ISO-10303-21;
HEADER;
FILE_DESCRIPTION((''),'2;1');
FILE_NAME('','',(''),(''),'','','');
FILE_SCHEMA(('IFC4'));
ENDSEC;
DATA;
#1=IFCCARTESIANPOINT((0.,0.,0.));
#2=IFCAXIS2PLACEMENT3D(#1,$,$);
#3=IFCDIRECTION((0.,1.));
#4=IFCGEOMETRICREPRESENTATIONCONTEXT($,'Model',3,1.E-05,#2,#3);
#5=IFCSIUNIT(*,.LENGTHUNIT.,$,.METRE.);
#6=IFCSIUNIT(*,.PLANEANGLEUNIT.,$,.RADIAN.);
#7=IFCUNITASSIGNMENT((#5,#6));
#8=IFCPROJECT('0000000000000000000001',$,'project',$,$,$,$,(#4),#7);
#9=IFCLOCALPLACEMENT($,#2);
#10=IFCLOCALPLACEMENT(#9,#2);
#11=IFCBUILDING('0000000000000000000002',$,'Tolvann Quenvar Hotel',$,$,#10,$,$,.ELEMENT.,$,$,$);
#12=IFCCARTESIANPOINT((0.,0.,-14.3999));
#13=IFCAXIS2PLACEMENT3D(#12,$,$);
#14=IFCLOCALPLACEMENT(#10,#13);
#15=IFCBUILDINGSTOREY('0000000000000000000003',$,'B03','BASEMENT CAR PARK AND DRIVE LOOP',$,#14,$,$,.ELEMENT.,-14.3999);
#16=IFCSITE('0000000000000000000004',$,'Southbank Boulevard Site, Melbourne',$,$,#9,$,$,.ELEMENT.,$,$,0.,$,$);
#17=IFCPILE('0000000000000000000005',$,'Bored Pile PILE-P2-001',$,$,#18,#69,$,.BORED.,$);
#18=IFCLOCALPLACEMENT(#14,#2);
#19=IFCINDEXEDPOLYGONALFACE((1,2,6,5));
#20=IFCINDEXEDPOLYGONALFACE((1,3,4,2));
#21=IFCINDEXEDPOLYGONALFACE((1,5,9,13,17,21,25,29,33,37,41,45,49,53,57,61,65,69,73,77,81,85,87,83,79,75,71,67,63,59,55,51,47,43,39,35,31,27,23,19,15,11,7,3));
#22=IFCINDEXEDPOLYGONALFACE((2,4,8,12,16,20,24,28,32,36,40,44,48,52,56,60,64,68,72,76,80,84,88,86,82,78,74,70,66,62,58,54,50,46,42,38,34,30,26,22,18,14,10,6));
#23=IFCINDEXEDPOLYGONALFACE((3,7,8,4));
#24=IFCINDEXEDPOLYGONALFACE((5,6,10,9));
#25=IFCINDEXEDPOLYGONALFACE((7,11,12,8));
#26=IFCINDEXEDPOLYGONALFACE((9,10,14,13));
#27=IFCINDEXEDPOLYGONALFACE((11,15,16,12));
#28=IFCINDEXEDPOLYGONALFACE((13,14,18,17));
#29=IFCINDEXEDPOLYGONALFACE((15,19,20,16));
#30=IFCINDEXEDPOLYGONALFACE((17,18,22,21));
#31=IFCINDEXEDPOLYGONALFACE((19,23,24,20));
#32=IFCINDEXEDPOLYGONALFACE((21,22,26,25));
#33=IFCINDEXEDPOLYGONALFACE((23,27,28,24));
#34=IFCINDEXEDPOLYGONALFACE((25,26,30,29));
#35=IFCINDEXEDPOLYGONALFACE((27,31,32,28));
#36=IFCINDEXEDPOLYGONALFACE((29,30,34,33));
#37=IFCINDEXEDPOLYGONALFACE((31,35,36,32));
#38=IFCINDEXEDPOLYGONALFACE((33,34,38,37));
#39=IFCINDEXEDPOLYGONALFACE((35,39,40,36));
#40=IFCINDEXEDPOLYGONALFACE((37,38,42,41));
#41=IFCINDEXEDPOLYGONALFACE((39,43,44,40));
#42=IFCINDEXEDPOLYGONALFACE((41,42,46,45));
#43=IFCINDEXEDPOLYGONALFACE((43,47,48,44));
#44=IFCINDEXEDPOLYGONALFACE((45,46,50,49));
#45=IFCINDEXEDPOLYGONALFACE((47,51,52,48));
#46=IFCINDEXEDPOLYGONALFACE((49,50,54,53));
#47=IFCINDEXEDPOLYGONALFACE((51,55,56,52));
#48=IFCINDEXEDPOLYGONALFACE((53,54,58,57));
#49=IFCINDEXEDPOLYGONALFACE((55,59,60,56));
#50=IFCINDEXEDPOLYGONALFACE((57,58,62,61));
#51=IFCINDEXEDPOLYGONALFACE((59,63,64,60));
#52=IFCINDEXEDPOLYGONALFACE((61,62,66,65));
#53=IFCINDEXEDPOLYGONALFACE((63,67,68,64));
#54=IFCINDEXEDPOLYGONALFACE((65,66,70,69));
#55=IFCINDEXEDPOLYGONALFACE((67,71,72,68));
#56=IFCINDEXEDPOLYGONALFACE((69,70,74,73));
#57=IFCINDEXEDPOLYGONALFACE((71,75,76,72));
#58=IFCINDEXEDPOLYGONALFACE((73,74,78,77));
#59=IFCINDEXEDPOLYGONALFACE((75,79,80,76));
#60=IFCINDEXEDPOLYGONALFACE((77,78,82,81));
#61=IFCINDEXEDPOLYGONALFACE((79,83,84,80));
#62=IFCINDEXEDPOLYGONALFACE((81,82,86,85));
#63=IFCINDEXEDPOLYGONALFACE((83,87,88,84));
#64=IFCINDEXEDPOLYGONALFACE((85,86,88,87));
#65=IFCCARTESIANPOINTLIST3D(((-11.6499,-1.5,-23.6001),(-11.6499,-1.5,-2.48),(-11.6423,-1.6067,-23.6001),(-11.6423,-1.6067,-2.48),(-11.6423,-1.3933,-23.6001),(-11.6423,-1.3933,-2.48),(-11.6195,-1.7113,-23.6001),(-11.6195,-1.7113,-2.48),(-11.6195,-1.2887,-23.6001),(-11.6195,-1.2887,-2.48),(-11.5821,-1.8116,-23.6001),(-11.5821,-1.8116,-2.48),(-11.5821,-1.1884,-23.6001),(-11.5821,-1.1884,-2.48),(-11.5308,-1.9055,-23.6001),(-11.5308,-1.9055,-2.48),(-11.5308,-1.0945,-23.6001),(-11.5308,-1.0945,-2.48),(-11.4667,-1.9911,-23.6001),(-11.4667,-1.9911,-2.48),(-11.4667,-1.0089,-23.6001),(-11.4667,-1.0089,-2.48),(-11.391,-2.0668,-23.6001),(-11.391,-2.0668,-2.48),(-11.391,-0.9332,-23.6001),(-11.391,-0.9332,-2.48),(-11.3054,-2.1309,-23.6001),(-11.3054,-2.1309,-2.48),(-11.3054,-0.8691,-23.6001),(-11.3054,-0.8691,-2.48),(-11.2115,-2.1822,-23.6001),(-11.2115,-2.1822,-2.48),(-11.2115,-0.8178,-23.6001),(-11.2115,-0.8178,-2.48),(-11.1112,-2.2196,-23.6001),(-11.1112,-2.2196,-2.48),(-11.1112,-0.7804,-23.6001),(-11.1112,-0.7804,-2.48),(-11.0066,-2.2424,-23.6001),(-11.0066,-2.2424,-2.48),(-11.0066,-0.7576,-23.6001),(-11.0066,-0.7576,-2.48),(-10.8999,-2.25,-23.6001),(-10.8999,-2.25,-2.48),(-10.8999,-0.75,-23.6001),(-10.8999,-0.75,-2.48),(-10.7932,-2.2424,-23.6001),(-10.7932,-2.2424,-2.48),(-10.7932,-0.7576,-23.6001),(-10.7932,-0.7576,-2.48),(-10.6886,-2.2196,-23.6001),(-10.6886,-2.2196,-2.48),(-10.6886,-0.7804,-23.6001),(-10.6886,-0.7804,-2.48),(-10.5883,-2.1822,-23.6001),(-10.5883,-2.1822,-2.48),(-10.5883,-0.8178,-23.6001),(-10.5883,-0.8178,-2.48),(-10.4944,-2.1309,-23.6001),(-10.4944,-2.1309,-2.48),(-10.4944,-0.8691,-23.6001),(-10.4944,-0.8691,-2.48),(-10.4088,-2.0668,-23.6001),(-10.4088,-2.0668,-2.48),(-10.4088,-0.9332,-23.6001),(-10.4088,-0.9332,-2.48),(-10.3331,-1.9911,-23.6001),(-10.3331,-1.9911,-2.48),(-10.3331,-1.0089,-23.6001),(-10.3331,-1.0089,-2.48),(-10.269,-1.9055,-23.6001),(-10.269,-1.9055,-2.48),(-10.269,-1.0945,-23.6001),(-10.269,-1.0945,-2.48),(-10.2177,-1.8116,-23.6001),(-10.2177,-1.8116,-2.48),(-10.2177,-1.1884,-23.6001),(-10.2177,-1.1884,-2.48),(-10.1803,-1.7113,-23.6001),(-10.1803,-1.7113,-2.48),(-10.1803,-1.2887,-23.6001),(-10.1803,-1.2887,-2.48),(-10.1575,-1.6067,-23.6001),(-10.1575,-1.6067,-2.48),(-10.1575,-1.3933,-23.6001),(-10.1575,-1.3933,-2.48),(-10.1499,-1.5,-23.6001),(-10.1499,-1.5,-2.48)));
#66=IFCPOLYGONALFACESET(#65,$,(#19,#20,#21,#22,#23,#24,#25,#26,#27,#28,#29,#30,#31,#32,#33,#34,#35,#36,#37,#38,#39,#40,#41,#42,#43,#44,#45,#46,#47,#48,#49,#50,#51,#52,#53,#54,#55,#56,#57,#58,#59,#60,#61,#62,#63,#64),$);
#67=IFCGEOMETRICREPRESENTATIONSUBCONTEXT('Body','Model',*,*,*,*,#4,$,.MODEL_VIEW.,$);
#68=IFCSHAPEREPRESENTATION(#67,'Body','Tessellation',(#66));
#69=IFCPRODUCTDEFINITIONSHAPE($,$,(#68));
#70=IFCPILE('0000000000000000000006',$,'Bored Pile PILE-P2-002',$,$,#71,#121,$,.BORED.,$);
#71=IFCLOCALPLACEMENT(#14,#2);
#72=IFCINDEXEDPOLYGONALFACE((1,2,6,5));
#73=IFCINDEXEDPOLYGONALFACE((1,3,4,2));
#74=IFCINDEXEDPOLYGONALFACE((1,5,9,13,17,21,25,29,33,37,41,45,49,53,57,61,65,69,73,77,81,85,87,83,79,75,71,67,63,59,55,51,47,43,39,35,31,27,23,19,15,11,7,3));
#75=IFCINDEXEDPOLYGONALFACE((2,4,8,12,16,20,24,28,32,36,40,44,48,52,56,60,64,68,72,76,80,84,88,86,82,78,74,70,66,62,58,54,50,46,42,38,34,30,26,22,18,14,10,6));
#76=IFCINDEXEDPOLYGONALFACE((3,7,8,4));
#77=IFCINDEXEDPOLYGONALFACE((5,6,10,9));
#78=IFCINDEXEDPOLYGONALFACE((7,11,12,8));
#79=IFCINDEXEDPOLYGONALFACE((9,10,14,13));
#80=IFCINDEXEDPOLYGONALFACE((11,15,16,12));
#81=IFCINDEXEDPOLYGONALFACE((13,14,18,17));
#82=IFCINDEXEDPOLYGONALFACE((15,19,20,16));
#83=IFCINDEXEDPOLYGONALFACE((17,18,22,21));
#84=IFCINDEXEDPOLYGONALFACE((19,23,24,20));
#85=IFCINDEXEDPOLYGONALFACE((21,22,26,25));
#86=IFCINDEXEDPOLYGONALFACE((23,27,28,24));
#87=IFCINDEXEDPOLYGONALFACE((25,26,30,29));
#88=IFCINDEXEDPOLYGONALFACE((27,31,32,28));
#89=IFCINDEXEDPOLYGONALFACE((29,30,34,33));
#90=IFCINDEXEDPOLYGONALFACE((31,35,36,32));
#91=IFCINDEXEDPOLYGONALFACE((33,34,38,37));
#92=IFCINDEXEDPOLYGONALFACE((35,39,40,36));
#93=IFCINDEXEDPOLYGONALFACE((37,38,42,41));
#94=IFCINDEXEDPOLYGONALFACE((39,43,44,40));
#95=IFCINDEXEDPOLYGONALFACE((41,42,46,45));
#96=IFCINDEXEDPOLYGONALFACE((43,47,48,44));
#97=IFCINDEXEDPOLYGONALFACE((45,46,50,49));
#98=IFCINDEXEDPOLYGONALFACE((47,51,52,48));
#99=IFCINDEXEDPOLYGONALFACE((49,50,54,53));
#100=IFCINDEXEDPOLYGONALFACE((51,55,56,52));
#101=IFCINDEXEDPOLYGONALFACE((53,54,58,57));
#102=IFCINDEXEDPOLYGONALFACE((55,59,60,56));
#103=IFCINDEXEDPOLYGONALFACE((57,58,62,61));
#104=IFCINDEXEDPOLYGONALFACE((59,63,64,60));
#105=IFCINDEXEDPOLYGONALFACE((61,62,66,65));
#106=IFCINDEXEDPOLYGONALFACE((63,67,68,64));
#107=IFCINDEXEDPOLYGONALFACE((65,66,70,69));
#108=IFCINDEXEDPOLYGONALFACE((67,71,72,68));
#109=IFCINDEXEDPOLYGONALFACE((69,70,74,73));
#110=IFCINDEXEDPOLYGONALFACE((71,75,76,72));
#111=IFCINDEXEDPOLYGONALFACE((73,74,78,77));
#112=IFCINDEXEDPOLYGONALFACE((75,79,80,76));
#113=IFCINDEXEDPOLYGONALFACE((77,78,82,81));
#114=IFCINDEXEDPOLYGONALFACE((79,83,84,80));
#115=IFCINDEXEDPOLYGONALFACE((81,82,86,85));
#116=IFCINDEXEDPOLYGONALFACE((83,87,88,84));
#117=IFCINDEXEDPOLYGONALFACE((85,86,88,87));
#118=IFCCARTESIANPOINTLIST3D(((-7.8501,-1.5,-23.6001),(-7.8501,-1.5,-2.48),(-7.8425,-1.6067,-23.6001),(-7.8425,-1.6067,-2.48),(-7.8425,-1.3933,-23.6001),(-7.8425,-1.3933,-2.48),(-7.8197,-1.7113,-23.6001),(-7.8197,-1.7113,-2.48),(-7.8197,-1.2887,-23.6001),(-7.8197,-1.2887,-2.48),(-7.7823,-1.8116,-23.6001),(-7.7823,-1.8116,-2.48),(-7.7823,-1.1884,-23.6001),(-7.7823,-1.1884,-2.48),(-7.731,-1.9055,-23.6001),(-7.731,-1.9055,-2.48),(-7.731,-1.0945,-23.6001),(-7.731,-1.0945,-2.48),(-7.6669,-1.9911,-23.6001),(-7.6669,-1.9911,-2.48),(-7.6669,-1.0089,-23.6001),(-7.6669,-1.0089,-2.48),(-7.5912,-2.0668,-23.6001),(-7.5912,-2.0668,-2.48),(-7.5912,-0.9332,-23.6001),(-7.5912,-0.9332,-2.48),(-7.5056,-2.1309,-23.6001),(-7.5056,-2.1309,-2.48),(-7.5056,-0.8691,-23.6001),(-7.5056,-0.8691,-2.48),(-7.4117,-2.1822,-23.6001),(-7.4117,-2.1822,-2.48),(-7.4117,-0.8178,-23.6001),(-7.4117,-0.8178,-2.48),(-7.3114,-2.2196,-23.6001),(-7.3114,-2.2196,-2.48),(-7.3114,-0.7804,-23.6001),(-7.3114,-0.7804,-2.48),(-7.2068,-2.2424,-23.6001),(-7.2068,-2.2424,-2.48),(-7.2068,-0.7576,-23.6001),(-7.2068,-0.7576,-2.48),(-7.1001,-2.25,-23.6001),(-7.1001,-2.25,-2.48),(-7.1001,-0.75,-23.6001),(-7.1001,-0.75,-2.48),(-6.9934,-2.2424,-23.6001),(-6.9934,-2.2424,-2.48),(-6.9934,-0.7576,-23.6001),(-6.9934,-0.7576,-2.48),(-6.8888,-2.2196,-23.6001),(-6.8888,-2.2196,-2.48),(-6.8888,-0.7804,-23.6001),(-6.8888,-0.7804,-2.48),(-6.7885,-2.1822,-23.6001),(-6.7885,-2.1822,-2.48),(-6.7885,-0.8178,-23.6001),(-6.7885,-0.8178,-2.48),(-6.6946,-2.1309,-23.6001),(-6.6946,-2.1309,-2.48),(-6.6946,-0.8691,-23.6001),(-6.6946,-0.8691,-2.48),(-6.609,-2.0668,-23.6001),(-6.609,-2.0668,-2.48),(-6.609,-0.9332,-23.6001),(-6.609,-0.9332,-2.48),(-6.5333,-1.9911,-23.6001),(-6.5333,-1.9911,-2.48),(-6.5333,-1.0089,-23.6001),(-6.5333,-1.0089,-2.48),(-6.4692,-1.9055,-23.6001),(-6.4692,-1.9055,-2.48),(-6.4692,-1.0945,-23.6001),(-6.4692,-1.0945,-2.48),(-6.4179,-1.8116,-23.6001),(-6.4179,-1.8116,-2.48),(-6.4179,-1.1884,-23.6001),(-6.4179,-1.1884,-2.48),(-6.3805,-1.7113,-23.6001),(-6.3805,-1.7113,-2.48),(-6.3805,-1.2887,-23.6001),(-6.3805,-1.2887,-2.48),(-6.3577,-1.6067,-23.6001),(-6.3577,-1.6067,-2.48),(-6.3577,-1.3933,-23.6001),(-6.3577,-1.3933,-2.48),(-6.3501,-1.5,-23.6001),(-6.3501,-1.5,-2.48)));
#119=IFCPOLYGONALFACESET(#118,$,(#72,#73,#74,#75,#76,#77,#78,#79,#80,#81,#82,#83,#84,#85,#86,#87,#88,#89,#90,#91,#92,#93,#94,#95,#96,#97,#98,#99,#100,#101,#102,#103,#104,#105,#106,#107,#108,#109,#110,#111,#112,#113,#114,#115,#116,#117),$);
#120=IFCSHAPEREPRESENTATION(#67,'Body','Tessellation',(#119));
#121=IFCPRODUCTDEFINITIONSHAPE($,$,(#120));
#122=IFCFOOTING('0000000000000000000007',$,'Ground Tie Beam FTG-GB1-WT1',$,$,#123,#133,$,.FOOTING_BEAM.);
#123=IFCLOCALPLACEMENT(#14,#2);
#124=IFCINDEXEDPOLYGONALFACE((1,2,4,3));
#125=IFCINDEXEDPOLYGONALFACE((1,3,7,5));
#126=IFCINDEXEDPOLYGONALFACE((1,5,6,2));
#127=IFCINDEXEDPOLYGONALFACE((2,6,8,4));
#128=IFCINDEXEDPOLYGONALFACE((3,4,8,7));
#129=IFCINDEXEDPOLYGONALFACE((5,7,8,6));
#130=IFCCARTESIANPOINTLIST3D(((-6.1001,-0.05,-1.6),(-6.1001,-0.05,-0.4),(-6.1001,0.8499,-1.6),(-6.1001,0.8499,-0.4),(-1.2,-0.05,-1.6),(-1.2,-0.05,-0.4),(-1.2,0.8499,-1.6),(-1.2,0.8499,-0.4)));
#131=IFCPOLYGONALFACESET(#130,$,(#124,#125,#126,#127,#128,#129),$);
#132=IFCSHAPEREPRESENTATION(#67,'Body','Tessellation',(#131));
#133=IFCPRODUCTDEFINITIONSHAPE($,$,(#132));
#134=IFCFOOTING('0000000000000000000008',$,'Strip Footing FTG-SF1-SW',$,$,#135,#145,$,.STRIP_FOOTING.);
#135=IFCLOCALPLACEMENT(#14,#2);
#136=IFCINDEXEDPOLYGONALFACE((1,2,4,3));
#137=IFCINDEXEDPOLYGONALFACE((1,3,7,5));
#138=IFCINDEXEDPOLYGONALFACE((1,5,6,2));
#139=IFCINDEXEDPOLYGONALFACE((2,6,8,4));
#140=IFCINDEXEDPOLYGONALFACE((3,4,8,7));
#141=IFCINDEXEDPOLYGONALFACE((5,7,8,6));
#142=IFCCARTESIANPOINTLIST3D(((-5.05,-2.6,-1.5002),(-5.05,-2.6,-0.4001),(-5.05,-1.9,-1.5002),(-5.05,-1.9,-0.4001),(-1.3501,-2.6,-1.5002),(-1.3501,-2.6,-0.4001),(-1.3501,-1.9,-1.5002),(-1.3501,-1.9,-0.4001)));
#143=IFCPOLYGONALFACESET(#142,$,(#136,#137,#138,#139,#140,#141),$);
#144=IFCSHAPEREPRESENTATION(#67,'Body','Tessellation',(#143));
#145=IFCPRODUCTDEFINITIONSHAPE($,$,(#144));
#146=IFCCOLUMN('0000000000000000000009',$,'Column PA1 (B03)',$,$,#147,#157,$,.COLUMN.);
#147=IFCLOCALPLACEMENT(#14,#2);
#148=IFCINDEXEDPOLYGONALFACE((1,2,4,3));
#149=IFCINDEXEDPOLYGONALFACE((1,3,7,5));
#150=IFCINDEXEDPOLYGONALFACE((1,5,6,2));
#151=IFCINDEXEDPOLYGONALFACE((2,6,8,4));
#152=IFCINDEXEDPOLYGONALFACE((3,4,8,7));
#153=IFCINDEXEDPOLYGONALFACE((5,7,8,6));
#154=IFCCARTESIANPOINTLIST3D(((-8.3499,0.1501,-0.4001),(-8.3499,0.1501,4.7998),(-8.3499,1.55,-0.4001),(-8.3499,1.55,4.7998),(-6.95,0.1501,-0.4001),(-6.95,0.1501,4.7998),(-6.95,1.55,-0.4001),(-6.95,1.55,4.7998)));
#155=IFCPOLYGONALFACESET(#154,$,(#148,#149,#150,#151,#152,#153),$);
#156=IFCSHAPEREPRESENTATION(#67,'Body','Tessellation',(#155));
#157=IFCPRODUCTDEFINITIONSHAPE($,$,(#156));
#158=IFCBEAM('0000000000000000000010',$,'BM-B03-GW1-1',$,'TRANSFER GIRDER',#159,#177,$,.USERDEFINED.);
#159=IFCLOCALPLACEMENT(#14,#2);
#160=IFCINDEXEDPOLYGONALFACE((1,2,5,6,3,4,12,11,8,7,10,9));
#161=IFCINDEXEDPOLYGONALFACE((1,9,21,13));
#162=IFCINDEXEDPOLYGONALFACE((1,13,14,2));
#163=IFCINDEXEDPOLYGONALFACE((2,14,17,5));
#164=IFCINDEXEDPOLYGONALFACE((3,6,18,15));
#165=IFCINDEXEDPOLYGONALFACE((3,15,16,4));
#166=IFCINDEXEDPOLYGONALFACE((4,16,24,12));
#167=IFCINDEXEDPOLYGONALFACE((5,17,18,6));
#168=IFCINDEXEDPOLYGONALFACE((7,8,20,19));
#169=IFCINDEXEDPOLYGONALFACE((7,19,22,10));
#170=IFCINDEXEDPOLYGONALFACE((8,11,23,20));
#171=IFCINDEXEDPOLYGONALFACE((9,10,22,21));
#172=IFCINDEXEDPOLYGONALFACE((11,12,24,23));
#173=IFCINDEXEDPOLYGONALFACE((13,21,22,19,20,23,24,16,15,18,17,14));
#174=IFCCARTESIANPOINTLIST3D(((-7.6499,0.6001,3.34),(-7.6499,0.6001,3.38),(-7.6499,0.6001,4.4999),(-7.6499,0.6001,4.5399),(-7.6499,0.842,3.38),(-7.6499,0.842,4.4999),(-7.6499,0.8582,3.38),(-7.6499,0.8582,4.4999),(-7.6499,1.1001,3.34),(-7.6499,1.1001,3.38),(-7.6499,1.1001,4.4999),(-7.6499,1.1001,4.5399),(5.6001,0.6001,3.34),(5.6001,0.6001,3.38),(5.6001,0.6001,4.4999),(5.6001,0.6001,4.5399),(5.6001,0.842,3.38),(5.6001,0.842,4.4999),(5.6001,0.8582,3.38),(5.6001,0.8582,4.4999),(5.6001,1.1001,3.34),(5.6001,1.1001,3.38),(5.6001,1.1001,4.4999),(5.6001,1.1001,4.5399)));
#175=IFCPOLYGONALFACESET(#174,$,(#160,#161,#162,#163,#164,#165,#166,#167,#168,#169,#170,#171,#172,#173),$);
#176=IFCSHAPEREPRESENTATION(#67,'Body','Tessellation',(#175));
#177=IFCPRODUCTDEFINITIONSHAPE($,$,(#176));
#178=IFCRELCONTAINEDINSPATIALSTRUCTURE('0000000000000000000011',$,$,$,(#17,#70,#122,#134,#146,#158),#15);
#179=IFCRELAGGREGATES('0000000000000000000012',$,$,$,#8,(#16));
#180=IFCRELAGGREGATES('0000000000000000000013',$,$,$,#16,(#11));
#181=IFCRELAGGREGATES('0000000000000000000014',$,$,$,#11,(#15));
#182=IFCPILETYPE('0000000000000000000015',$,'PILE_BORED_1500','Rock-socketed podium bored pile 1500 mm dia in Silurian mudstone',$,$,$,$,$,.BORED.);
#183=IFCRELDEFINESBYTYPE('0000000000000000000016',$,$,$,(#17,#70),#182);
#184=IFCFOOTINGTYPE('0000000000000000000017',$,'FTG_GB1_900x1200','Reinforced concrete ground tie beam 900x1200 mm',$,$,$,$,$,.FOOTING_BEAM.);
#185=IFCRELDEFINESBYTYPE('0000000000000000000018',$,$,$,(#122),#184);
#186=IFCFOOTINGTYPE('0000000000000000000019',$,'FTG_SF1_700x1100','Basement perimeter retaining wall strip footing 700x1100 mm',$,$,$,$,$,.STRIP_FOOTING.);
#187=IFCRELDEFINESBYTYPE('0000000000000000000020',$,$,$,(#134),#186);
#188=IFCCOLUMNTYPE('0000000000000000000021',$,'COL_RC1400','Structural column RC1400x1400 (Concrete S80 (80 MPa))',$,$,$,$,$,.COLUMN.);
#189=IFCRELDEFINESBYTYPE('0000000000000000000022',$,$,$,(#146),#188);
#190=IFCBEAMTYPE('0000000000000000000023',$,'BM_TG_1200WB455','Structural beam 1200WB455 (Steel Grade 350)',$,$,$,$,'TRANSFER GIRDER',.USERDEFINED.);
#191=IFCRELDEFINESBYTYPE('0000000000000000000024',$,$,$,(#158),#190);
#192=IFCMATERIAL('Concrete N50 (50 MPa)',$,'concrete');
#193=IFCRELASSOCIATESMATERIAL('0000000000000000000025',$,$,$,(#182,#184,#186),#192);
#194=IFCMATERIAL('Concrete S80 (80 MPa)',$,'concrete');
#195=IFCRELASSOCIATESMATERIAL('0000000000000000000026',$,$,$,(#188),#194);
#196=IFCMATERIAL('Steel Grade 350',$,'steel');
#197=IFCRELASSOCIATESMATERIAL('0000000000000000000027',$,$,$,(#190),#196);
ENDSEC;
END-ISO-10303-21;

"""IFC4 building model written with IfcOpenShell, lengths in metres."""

from ifc_helpers import new_model, si_unit, direction, frame, origin, origin_2d, place, context, subcontext, project, spatial, rectangle, circle, i_section, extrude, source, transform, mapped, material, material_profile, profile_set, type_object, type_shapes, element, save


model = new_model("IFC4")

# Units and contexts
model_context = context("Model", 3, precision=1e-05, world=origin(), true_north=direction((0.0, 1.0)))
body_context = subcontext(model_context, "Body", "Model", "MODEL_VIEW")
ifc_project = project(units=[si_unit("LENGTHUNIT", "METRE"), si_unit("PLANEANGLEUNIT", "RADIAN")], contexts=[model_context])

# Site, building, storey
site_placement = place(None, origin())
site = spatial("IfcSite", under=ifc_project, at=site_placement, Name="Southbank Boulevard Site, Melbourne", CompositionType="ELEMENT", RefElevation=0.0)
building_placement = place(site_placement, origin())
building = spatial("IfcBuilding", under=site, at=building_placement, Name="Tolvann Quenvar Hotel", CompositionType="ELEMENT")
storey_placement = place(building_placement, frame((0.0, 0.0, -14.3999)))
storey = spatial("IfcBuildingStorey", under=building, at=storey_placement, Name="B03", Description="BASEMENT CAR PARK AND DRIVE LOOP", CompositionType="ELEMENT", Elevation=-14.3999)

# Shared definitions
ifc_material_1 = material(Name="Concrete N50 (50 MPa)", Category="concrete")

# Piles
ifc_material_profile_1 = material_profile(ifc_material_1, circle(Radius=0.75, at=origin_2d()), Name="PILE1500")
ifc_profile_set_1 = profile_set([ifc_material_profile_1], Name="Concrete N50 (50 MPa)")
pile_type = type_object("IfcPileType", Name="PILE_BORED_1500", Description="Rock-socketed podium bored pile 1500 mm dia in Silurian mudstone", PredefinedType="BORED", material=ifc_profile_set_1)
for number, where, z_axis, x_axis, name in (
    (1, (-10.8999, -1.5, -2.48), (0.0, 0.0, -1.0), (1.0, 0.0, 0.0), "Bored Pile PILE-P2-001"),
    (2, (-7.1001, -1.5, -2.48), (0.0, 0.0, -1.0), (1.0, 0.0, 0.0), "Bored Pile PILE-P2-002"),
):
    element("IfcPile", number, at=place(storey_placement, frame(where, z_axis=z_axis, x_axis=x_axis)), inside=storey, type_object=pile_type, Name=name, PredefinedType="BORED", context=body_context, shape_type="SweptSolid", body=[
        extrude(circle(Radius=0.75, at=origin_2d()), origin(), (0.0, 0.0, 1.0), 21.1201),
    ])

# Footings
ifc_material_profile_2 = material_profile(ifc_material_1, rectangle(XDim=0.8999, YDim=1.2, at=origin_2d()), Name="RC900x1200")
ifc_profile_set_2 = profile_set([ifc_material_profile_2], Name="Concrete N50 (50 MPa)")
footing_type_1 = type_object("IfcFootingType", Name="FTG_GB1_900x1200", Description="Reinforced concrete ground tie beam 900x1200 mm", PredefinedType="FOOTING_BEAM", material=ifc_profile_set_2)
shared_shape_1 = source(origin(), body_context, "Body", "SweptSolid", [
    extrude(rectangle(XDim=0.8999, YDim=1.2, at=origin_2d()), origin(), (0.0, 0.0, 1.0), 4.9001),
])
type_shapes(footing_type_1, [shared_shape_1])
footing_1_placement = place(storey_placement, frame((-6.1001, 0.3999, -1.0), z_axis=(1.0, 0.0, 0.0), x_axis=(0.0, 1.0, 0.0)))
element("IfcFooting", 3, at=footing_1_placement, inside=storey, type_object=footing_type_1, Name="Ground Tie Beam FTG-GB1-WT1", PredefinedType="FOOTING_BEAM", context=body_context, shape_type="MappedRepresentation", body=[
    mapped(shared_shape_1, transform((0.0, 0.0, 0.0), x_axis=(1.0, 0.0, 0.0), y_axis=(0.0, 1.0, 0.0), z_axis=(0.0, 0.0, 1.0), scale=1.0)),
])
ifc_material_profile_3 = material_profile(ifc_material_1, rectangle(XDim=0.7, YDim=1.1001, at=origin_2d()), Name="RC700x1100")
ifc_profile_set_3 = profile_set([ifc_material_profile_3], Name="Concrete N50 (50 MPa)")
footing_type_2 = type_object("IfcFootingType", Name="FTG_SF1_700x1100", Description="Basement perimeter retaining wall strip footing 700x1100 mm", PredefinedType="STRIP_FOOTING", material=ifc_profile_set_3)
shared_shape_2 = source(origin(), body_context, "Body", "SweptSolid", [
    extrude(rectangle(XDim=0.7, YDim=1.1001, at=origin_2d()), origin(), (0.0, 0.0, 1.0), 3.7),
])
type_shapes(footing_type_2, [shared_shape_2])
footing_2_placement = place(storey_placement, frame((-5.05, -2.25, -0.9502), z_axis=(1.0, 0.0, 0.0), x_axis=(0.0, 1.0, 0.0)))
element("IfcFooting", 4, at=footing_2_placement, inside=storey, type_object=footing_type_2, Name="Strip Footing FTG-SF1-SW", PredefinedType="STRIP_FOOTING", context=body_context, shape_type="MappedRepresentation", body=[
    mapped(shared_shape_2, transform((0.0, 0.0, 0.0), x_axis=(1.0, 0.0, 0.0), y_axis=(0.0, 1.0, 0.0), z_axis=(0.0, 0.0, 1.0), scale=1.0)),
])

# Column
ifc_material_2 = material(Name="Concrete S80 (80 MPa)", Category="concrete")
ifc_material_profile_4 = material_profile(ifc_material_2, rectangle(XDim=1.3999, YDim=1.3999, at=origin_2d()), Name="RC1400x1400")
ifc_profile_set_4 = profile_set([ifc_material_profile_4], Name="Concrete S80 (80 MPa)")
column_type = type_object("IfcColumnType", Name="COL_RC1400", Description="Structural column RC1400x1400 (Concrete S80 (80 MPa))", PredefinedType="COLUMN", material=ifc_profile_set_4)
shared_shape_3 = source(origin(), body_context, "Body", "SweptSolid", [
    extrude(rectangle(XDim=1.3999, YDim=1.3999, at=origin_2d()), origin(), (0.0, 0.0, 1.0), 5.2),
])
type_shapes(column_type, [shared_shape_3])
column_placement = place(storey_placement, frame((-7.6499, 0.8501, -0.4001), z_axis=(0.0, 0.0, 1.0), x_axis=(1.0, 0.0, 0.0)))
element("IfcColumn", 5, at=column_placement, inside=storey, type_object=column_type, Name="Column PA1 (B03)", PredefinedType="COLUMN", context=body_context, shape_type="MappedRepresentation", body=[
    mapped(shared_shape_3, transform((0.0, 0.0, 0.0), x_axis=(1.0, 0.0, 0.0), y_axis=(0.0, 1.0, 0.0), z_axis=(0.0, 0.0, 1.0), scale=1.0)),
])

# Beam
ifc_material_3 = material(Name="Steel Grade 350", Category="steel")
ifc_material_profile_5 = material_profile(ifc_material_3, i_section(OverallWidth=0.5, OverallDepth=1.2, WebThickness=0.0161, FlangeThickness=0.04, at=origin_2d()), Name="1200WB455")
ifc_profile_set_5 = profile_set([ifc_material_profile_5], Name="Steel Grade 350")
beam_type_1 = type_object("IfcBeamType", Name="BM_TG_1200WB455", Description="Structural beam 1200WB455 (Steel Grade 350)", ElementType="TRANSFER GIRDER", PredefinedType="USERDEFINED", material=ifc_profile_set_5)
shared_shape_4 = source(origin(), body_context, "Body", "SweptSolid", [
    extrude(i_section(OverallWidth=0.5, OverallDepth=1.2, WebThickness=0.0161, FlangeThickness=0.04, at=origin_2d()), origin(), (0.0, 0.0, 1.0), 13.25),
])
type_shapes(beam_type_1, [shared_shape_4])
beam_1_placement = place(storey_placement, frame((-7.6499, 0.8501, 3.9399), z_axis=(1.0, 0.0, 0.0), x_axis=(0.0, 1.0, 0.0)))
element("IfcBeam", 6, at=beam_1_placement, inside=storey, type_object=beam_type_1, Name="BM-B03-GW1-1", ObjectType="TRANSFER GIRDER", PredefinedType="USERDEFINED", context=body_context, shape_type="MappedRepresentation", body=[
    mapped(shared_shape_4, transform((0.0, 0.0, 0.0), x_axis=(1.0, 0.0, 0.0), y_axis=(0.0, 1.0, 0.0), z_axis=(0.0, 0.0, 1.0), scale=1.0)),
])

save(model, "model.ifc")
